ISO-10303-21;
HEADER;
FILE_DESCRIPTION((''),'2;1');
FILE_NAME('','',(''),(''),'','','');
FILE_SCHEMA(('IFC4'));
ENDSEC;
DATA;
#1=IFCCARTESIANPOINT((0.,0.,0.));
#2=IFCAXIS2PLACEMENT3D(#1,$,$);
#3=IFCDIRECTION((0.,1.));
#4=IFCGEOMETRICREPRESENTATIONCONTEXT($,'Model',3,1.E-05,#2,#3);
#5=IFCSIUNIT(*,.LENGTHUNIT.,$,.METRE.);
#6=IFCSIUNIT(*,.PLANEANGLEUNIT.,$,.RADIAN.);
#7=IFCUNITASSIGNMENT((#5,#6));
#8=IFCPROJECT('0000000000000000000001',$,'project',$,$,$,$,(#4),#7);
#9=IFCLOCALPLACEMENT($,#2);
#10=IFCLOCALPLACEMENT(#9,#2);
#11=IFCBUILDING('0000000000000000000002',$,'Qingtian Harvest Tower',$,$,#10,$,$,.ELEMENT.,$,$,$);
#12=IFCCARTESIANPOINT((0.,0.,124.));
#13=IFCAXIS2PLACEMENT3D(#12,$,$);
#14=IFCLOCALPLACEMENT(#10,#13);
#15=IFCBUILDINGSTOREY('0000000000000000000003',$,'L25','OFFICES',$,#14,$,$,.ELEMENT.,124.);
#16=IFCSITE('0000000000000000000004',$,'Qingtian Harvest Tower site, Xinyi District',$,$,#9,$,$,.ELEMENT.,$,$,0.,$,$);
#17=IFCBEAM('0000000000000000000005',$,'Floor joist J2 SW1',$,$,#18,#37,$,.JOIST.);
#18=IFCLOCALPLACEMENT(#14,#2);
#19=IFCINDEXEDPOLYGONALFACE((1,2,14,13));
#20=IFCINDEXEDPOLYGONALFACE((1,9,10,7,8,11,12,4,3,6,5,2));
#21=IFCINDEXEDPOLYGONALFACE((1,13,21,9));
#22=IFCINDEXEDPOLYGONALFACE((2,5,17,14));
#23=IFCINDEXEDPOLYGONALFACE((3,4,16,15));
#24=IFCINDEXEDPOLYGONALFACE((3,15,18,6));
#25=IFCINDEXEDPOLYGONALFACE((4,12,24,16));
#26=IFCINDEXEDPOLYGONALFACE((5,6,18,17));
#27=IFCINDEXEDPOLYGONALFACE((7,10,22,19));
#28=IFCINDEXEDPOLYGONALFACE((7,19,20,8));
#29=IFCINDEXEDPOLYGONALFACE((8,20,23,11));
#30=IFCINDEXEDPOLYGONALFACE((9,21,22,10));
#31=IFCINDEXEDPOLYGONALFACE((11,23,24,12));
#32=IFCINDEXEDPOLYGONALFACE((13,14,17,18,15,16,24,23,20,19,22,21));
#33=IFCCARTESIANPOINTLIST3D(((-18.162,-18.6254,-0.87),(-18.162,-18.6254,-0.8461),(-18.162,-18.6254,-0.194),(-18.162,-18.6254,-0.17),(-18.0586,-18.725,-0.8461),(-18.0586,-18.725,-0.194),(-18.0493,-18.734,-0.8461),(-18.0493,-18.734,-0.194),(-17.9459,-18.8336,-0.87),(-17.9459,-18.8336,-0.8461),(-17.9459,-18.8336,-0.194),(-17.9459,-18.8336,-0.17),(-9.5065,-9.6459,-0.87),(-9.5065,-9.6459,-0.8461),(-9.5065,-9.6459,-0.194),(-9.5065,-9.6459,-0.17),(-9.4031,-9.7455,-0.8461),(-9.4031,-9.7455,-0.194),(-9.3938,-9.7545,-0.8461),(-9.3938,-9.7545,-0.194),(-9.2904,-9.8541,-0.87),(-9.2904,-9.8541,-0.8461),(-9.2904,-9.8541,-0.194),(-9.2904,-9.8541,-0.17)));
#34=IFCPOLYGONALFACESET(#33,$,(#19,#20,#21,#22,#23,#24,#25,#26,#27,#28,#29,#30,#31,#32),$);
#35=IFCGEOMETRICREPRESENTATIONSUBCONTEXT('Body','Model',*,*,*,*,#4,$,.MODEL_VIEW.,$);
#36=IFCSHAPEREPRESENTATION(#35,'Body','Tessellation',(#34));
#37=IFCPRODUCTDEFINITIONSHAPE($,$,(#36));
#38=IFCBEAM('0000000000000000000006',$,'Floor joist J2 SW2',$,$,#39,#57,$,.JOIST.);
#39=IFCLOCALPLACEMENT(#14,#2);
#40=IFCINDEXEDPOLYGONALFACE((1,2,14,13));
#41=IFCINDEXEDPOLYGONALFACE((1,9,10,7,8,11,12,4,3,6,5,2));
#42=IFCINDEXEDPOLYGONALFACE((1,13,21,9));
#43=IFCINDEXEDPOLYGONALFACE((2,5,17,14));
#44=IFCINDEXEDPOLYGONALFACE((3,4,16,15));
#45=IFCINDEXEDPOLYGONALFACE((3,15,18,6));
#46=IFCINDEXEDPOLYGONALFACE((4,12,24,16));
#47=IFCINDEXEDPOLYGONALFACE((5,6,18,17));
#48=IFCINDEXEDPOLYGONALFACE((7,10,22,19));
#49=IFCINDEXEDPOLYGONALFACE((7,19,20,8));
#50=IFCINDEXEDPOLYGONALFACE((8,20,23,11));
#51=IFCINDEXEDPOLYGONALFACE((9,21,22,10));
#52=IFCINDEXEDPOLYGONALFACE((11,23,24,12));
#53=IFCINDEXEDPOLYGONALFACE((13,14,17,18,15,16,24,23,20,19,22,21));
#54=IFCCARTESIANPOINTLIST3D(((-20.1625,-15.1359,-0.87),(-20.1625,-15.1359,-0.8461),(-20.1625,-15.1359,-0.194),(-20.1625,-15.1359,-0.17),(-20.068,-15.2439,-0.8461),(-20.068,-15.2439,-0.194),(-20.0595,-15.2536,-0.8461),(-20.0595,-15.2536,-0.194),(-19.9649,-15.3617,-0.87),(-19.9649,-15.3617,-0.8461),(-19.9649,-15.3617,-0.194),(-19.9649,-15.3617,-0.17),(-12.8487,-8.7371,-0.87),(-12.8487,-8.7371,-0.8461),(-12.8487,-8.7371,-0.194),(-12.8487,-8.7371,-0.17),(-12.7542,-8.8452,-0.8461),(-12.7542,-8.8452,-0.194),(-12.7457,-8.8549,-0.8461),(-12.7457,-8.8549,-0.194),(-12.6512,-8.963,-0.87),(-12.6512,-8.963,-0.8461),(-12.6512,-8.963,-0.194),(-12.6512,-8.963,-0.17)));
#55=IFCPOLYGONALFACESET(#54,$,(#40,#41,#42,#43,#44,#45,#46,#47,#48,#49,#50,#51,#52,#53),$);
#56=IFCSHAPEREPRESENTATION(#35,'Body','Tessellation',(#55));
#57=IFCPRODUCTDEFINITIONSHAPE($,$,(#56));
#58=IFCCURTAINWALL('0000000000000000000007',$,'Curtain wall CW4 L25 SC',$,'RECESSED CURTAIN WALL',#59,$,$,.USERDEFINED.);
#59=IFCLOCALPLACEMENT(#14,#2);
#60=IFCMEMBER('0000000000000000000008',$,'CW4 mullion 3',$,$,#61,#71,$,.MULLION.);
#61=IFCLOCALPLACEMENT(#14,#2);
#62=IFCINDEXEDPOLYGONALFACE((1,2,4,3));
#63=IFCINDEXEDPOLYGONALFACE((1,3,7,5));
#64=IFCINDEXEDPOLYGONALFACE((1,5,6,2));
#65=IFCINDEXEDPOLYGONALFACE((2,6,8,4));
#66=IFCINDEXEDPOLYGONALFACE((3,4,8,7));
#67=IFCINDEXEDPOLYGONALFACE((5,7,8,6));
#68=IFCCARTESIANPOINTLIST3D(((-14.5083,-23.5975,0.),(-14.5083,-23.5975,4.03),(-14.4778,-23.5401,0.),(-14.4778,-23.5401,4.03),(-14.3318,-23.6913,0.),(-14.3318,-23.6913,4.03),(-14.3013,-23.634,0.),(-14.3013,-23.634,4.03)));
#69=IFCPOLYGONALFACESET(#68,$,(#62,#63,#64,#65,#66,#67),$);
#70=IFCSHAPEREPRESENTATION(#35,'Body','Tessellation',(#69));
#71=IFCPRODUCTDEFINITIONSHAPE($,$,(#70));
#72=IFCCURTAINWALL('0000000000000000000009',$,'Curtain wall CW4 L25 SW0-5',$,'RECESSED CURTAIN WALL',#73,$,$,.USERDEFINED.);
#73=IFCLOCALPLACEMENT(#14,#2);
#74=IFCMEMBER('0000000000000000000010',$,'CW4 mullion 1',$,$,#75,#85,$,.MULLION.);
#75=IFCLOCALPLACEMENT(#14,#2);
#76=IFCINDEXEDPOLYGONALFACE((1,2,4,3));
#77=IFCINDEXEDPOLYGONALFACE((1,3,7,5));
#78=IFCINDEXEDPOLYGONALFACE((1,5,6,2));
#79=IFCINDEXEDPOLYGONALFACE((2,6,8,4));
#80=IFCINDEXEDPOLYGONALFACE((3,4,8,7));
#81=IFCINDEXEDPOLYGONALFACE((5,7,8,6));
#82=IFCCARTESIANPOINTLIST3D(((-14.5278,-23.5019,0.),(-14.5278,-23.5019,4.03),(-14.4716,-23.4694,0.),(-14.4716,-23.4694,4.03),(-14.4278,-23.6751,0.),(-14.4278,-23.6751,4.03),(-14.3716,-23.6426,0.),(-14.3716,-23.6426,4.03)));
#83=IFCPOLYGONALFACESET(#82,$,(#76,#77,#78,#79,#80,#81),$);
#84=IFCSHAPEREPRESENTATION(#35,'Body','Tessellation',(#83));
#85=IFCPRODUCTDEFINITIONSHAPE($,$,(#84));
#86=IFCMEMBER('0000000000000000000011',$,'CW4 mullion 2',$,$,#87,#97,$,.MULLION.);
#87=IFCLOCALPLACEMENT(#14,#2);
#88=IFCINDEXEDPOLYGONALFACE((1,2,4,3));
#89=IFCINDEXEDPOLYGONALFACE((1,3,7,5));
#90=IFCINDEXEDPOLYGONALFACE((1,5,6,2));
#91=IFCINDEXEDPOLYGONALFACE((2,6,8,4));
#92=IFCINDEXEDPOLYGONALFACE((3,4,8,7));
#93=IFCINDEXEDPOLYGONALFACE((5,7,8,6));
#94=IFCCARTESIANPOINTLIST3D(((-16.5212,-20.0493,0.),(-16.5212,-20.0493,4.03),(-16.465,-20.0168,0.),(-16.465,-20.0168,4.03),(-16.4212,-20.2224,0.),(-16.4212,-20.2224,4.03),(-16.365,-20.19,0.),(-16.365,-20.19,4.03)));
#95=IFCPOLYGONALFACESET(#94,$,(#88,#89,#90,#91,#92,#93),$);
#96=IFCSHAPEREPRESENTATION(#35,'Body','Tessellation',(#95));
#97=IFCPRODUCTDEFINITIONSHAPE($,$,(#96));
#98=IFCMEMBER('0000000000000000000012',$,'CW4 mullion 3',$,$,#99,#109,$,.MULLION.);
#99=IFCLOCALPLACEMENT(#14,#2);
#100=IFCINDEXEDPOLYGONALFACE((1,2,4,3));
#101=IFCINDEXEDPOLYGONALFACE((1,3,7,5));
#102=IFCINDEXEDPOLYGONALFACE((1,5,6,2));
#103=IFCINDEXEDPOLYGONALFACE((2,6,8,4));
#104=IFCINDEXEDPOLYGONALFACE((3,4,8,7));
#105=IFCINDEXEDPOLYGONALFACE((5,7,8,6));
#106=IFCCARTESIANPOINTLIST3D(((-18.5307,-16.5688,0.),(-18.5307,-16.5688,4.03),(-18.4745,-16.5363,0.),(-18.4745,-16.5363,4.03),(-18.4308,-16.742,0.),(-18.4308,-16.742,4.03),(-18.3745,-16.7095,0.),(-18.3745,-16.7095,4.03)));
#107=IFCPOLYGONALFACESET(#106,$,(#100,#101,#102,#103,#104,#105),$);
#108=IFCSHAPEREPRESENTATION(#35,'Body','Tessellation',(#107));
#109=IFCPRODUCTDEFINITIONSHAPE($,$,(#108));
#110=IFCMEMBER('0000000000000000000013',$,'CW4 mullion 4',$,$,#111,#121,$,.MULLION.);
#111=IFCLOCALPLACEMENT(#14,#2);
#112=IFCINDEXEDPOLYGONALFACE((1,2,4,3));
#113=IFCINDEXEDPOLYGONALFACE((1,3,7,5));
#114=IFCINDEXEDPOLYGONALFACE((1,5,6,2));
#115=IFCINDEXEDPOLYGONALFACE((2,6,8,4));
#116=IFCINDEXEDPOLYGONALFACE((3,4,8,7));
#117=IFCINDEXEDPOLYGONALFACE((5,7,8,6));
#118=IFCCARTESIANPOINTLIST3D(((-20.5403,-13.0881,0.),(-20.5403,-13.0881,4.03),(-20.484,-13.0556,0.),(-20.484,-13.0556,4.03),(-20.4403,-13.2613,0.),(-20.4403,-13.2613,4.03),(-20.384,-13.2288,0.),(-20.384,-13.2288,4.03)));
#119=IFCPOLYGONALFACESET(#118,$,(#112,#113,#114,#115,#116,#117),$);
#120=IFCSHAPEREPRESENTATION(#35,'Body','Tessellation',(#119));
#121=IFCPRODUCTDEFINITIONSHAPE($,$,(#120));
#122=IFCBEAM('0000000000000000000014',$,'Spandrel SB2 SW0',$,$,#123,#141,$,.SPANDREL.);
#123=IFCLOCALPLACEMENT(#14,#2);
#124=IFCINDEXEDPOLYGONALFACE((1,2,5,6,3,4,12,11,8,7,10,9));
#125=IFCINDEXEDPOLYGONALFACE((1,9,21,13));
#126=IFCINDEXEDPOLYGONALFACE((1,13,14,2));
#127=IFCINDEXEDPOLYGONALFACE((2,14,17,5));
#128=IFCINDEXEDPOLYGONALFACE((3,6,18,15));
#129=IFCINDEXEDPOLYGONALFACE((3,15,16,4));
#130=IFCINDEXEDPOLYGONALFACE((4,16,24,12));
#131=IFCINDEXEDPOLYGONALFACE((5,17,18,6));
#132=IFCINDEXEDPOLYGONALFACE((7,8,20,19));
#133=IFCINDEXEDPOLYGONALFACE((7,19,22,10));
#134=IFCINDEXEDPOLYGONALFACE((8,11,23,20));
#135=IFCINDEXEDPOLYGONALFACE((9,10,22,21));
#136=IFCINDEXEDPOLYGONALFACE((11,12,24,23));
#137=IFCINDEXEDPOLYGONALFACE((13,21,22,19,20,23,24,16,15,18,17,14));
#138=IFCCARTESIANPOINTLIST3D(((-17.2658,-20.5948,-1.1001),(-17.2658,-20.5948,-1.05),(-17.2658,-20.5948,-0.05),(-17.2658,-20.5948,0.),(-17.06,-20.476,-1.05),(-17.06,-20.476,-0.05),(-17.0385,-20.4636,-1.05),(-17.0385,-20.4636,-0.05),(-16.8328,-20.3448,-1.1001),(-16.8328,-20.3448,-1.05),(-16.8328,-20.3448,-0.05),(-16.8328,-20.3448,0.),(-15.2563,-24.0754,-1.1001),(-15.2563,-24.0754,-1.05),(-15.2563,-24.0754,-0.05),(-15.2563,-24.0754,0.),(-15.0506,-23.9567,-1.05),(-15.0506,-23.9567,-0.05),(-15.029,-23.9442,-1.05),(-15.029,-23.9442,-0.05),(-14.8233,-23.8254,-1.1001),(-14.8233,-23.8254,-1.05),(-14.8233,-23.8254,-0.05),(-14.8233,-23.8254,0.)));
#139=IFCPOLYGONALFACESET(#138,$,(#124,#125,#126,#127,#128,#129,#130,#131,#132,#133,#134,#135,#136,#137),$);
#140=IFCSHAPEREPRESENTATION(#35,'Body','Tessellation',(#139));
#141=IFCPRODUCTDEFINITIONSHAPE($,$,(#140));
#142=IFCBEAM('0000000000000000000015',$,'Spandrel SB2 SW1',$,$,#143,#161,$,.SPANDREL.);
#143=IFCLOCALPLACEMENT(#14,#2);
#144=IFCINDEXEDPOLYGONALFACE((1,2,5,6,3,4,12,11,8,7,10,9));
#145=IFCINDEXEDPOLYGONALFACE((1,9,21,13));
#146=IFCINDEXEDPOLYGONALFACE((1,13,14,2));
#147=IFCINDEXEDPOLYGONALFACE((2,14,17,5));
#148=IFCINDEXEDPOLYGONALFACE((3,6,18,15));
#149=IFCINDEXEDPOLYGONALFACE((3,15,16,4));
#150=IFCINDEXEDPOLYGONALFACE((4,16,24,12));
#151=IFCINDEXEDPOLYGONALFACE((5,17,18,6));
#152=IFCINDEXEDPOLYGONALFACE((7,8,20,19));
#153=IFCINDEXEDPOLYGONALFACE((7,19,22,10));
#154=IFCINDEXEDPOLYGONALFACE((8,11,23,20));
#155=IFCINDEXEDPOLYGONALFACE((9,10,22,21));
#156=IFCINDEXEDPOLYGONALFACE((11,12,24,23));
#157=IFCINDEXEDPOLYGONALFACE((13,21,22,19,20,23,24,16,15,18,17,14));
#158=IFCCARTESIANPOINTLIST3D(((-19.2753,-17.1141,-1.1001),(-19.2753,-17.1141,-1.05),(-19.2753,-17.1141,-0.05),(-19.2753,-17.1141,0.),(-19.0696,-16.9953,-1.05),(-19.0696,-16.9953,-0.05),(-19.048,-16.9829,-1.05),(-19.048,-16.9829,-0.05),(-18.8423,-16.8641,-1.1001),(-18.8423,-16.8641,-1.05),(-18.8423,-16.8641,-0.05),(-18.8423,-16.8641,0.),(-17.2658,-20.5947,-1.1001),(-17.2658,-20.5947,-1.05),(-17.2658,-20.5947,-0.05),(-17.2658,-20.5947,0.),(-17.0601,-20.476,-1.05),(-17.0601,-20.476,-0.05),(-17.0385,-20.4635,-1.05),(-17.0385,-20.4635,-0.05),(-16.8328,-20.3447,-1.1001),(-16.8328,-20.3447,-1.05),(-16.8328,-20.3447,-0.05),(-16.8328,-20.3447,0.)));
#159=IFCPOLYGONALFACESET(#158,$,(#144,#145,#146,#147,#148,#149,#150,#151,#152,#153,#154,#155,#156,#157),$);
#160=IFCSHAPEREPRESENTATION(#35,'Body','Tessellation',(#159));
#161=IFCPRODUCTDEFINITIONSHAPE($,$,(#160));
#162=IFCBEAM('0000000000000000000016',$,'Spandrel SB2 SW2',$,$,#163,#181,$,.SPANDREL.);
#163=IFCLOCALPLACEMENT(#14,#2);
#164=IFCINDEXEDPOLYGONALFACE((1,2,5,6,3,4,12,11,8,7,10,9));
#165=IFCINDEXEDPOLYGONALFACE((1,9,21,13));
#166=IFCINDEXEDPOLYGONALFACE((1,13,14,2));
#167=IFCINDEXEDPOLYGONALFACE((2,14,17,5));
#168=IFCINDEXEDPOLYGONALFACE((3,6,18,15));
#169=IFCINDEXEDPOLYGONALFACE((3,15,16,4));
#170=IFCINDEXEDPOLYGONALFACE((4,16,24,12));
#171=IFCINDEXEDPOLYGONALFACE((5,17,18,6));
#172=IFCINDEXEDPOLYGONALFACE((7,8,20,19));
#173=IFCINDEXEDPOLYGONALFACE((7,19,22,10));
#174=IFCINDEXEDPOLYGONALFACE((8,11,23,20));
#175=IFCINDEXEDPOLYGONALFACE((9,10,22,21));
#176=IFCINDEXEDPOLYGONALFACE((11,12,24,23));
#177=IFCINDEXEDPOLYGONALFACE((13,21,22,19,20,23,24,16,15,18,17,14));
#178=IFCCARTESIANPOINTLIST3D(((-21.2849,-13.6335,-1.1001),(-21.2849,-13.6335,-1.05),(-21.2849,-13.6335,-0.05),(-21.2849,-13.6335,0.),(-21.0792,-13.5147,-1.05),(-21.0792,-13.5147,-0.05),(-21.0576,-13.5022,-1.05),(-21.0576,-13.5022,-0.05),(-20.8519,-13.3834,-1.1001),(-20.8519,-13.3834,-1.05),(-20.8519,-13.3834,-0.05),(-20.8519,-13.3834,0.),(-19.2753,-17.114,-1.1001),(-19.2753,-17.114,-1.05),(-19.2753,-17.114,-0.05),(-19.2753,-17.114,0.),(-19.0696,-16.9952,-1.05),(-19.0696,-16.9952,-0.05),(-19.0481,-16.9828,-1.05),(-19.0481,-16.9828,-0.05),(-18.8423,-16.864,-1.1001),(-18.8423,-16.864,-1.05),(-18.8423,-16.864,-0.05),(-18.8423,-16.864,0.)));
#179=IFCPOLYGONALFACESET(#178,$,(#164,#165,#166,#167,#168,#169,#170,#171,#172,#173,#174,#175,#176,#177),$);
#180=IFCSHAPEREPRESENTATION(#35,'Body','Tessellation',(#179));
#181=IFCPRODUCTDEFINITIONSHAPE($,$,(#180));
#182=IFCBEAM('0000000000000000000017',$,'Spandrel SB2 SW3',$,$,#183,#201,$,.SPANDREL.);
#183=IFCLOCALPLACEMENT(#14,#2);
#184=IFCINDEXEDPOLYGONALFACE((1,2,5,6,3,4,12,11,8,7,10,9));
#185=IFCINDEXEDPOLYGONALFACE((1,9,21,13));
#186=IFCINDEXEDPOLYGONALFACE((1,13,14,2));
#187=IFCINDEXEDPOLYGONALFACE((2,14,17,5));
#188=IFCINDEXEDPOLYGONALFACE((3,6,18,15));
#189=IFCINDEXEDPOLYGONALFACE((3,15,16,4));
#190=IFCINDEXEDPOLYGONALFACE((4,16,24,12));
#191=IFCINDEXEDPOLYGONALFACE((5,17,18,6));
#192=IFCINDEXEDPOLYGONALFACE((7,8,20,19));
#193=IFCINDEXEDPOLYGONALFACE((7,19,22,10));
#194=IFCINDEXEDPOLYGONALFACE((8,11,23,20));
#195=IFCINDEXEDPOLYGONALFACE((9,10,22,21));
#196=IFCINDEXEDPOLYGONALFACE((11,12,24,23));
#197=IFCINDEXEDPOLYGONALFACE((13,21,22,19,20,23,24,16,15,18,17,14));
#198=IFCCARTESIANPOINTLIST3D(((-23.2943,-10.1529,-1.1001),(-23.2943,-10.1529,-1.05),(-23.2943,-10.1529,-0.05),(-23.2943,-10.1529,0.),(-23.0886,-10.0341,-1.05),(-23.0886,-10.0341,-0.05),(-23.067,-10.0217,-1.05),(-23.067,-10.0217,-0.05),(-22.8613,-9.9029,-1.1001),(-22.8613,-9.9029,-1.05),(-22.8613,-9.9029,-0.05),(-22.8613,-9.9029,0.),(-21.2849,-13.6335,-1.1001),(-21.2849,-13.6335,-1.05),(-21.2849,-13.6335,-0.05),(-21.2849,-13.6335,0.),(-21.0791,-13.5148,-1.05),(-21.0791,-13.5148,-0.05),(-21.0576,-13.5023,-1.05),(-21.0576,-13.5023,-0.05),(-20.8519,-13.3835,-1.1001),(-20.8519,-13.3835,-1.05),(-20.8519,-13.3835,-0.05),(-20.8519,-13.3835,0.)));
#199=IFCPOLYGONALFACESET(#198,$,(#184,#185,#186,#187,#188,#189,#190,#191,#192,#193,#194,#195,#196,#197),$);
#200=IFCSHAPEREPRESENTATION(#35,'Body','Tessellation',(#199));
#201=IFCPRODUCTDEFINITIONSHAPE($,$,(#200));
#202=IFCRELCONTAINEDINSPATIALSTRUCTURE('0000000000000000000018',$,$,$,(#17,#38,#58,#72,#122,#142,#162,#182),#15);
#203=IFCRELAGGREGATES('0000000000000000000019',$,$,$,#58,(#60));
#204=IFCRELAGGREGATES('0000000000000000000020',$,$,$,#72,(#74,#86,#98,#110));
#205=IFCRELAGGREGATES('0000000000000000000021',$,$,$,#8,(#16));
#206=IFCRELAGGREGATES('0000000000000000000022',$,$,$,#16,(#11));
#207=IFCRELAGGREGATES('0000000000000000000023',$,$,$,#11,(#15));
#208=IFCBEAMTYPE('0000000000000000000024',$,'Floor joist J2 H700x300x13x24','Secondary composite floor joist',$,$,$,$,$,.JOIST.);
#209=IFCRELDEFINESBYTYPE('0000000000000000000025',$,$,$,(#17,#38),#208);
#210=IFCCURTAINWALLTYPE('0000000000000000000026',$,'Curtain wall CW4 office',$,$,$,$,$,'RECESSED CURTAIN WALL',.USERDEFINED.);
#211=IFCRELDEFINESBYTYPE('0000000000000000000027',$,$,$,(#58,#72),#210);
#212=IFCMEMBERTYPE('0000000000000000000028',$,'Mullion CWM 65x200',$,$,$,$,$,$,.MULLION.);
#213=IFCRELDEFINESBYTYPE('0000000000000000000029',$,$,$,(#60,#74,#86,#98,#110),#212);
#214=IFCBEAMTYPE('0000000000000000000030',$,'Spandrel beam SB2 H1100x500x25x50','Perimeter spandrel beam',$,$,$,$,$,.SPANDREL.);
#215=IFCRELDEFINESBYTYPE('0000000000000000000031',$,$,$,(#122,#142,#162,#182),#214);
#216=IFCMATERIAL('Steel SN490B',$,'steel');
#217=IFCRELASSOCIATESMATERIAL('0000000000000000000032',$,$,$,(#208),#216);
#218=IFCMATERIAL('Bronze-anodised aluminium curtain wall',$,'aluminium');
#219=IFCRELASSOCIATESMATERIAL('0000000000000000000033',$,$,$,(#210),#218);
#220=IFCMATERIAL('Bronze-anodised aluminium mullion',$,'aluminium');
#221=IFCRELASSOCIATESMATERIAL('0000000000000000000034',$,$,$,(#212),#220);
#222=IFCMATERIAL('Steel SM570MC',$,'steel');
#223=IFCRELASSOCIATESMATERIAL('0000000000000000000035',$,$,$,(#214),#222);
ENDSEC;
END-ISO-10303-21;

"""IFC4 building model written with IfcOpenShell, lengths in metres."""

from ifc_helpers import new_model, si_unit, direction, frame, origin, origin_2d, place, context, subcontext, project, spatial, rectangle, i_section, extrude, material, material_profile, profile_set, type_object, element, aggregate, save


model = new_model("IFC4")

# Units and contexts
model_context = context("Model", 3, precision=1e-05, world=origin(), true_north=direction((0.0, 1.0)))
body_context = subcontext(model_context, "Body", "Model", "MODEL_VIEW")
ifc_project = project(units=[si_unit("LENGTHUNIT", "METRE"), si_unit("PLANEANGLEUNIT", "RADIAN")], contexts=[model_context])

# Site, building, storey
site_placement = place(None, origin())
site = spatial("IfcSite", under=ifc_project, at=site_placement, Name="Qingtian Harvest Tower site, Xinyi District", CompositionType="ELEMENT", RefElevation=0.0)
building_placement = place(site_placement, origin())
building = spatial("IfcBuilding", under=site, at=building_placement, Name="Qingtian Harvest Tower", CompositionType="ELEMENT")
storey_placement = place(building_placement, frame((0.0, 0.0, 124.0)))
storey = spatial("IfcBuildingStorey", under=building, at=storey_placement, Name="L25", Description="OFFICES", CompositionType="ELEMENT", Elevation=124.0)

# Beams
ifc_material_1 = material(Name="Steel SN490B", Category="steel")
ifc_material_profile_1 = material_profile(ifc_material_1, i_section(OverallWidth=0.3, OverallDepth=0.7, WebThickness=0.0129, FlangeThickness=0.0239, at=origin_2d()), Name="H700x300x13x24")
ifc_profile_set_1 = profile_set([ifc_material_profile_1], Name="Steel SN490B")
beam_type_1 = type_object("IfcBeamType", Name="Floor joist J2 H700x300x13x24", Description="Secondary composite floor joist", PredefinedType="JOIST", material=ifc_profile_set_1)
beam_1_placement = place(storey_placement, frame((-18.054, -18.7295, -0.52), z_axis=(0.693999, 0.719976, 0.0), x_axis=(-0.719976, 0.693999, 0.0)))
element("IfcBeam", 1, at=beam_1_placement, inside=storey, type_object=beam_type_1, Name="Floor joist J2 SW1", PredefinedType="JOIST", context=body_context, shape_type="SweptSolid", body=[
    extrude(i_section(OverallWidth=0.3, OverallDepth=0.7, WebThickness=0.0129, FlangeThickness=0.0239, at=origin_2d()), origin(), (0.0, 0.0, 1.0), 12.4719),
])
beam_2_placement = place(storey_placement, frame((-20.0637, -15.2488, -0.52), z_axis=(0.752619, 0.658457, 0.0), x_axis=(-0.658457, 0.752619, 0.0)))
element("IfcBeam", 2, at=beam_2_placement, inside=storey, type_object=beam_type_1, Name="Floor joist J2 SW2", PredefinedType="JOIST", context=body_context, shape_type="SweptSolid", body=[
    extrude(i_section(OverallWidth=0.3, OverallDepth=0.7, WebThickness=0.0129, FlangeThickness=0.0239, at=origin_2d()), origin(), (0.0, 0.0, 1.0), 9.7178),
])

# Curtain wall, member
ifc_material_2 = material(Name="Bronze-anodised aluminium curtain wall", Category="aluminium")
curtain_wall_type = type_object("IfcCurtainWallType", Name="Curtain wall CW4 office", ElementType="RECESSED CURTAIN WALL", PredefinedType="USERDEFINED", material=ifc_material_2)
curtain_wall_1_placement = place(storey_placement, origin())
curtain_wall_1 = element("IfcCurtainWall", 3, at=curtain_wall_1_placement, inside=storey, type_object=curtain_wall_type, Name="Curtain wall CW4 L25 SC", ObjectType="RECESSED CURTAIN WALL", PredefinedType="USERDEFINED")
ifc_material_3 = material(Name="Bronze-anodised aluminium mullion", Category="aluminium")
ifc_material_profile_2 = material_profile(ifc_material_3, rectangle(XDim=0.0649, YDim=0.2, at=origin_2d()), Name="AL 65x200")
ifc_profile_set_2 = profile_set([ifc_material_profile_2], Name="Bronze-anodised aluminium mullion")
member_type_1 = type_object("IfcMemberType", Name="Mullion CWM 65x200", PredefinedType="MULLION", material=ifc_profile_set_2)
member_1_placement = place(storey_placement, frame((-14.4048, -23.6157, 0.0), z_axis=(0.0, 0.0, 1.0), x_axis=(-0.469472, -0.882948, 0.0)))
member_1 = element("IfcMember", 4, at=member_1_placement, type_object=member_type_1, Name="CW4 mullion 3", PredefinedType="MULLION", context=body_context, shape_type="SweptSolid", body=[
    extrude(rectangle(XDim=0.0649, YDim=0.2, at=origin_2d()), origin(), (0.0, 0.0, 1.0), 4.03),
])

# Curtain wall, members
curtain_wall_2_placement = place(storey_placement, origin())
curtain_wall_2 = element("IfcCurtainWall", 5, at=curtain_wall_2_placement, inside=storey, type_object=curtain_wall_type, Name="Curtain wall CW4 L25 SW0-5", ObjectType="RECESSED CURTAIN WALL", PredefinedType="USERDEFINED")
member_2_placement = place(storey_placement, frame((-14.4497, -23.5723, 0.0), z_axis=(0.0, 0.0, 1.0), x_axis=(-0.866025, -0.5, 0.0)))
member_2 = element("IfcMember", 6, at=member_2_placement, type_object=member_type_1, Name="CW4 mullion 1", PredefinedType="MULLION", context=body_context, shape_type="SweptSolid", body=[
    extrude(rectangle(XDim=0.0649, YDim=0.2, at=origin_2d()), origin(), (0.0, 0.0, 1.0), 4.03),
])
member_3_placement = place(storey_placement, frame((-16.4431, -20.1196, 0.0), z_axis=(0.0, 0.0, 1.0), x_axis=(-0.866025, -0.5, 0.0)))
member_3 = element("IfcMember", 7, at=member_3_placement, type_object=member_type_1, Name="CW4 mullion 2", PredefinedType="MULLION", context=body_context, shape_type="SweptSolid", body=[
    extrude(rectangle(XDim=0.0649, YDim=0.2, at=origin_2d()), origin(), (0.0, 0.0, 1.0), 4.03),
])
member_4_placement = place(storey_placement, frame((-18.4526, -16.6392, 0.0), z_axis=(0.0, 0.0, 1.0), x_axis=(-0.866025, -0.5, 0.0)))
member_4 = element("IfcMember", 8, at=member_4_placement, type_object=member_type_1, Name="CW4 mullion 3", PredefinedType="MULLION", context=body_context, shape_type="SweptSolid", body=[
    extrude(rectangle(XDim=0.0649, YDim=0.2, at=origin_2d()), origin(), (0.0, 0.0, 1.0), 4.03),
])
member_5_placement = place(storey_placement, frame((-20.4622, -13.1584, 0.0), z_axis=(0.0, 0.0, 1.0), x_axis=(-0.866025, -0.5, 0.0)))
member_5 = element("IfcMember", 9, at=member_5_placement, type_object=member_type_1, Name="CW4 mullion 4", PredefinedType="MULLION", context=body_context, shape_type="SweptSolid", body=[
    extrude(rectangle(XDim=0.0649, YDim=0.2, at=origin_2d()), origin(), (0.0, 0.0, 1.0), 4.03),
])

# Beams
ifc_material_4 = material(Name="Steel SM570MC", Category="steel")
ifc_material_profile_3 = material_profile(ifc_material_4, i_section(OverallWidth=0.5, OverallDepth=1.1001, WebThickness=0.0249, FlangeThickness=0.05, at=origin_2d()), Name="H1100x500x25x50")
ifc_profile_set_3 = profile_set([ifc_material_profile_3], Name="Steel SM570MC")
beam_type_2 = type_object("IfcBeamType", Name="Spandrel beam SB2 H1100x500x25x50", Description="Perimeter spandrel beam", PredefinedType="SPANDREL", material=ifc_profile_set_3)
for number, where, z_axis, x_axis, name in (
    (10, (-15.0398, -23.9504, -0.55), (-0.499987, 0.866033, 0.0), (-0.866033, -0.499987, 0.0), "Spandrel SB2 SW0"),
    (11, (-17.0493, -20.4697, -0.55), (-0.499987, 0.866033, 0.0), (-0.866033, -0.499987, 0.0), "Spandrel SB2 SW1"),
    (12, (-19.0588, -16.989, -0.55), (-0.500013, 0.866018, 0.0), (-0.866018, -0.500013, 0.0), "Spandrel SB2 SW2"),
    (13, (-21.0684, -13.5085, -0.55), (-0.499987, 0.866033, 0.0), (-0.866033, -0.499987, 0.0), "Spandrel SB2 SW3"),
):
    element("IfcBeam", number, at=place(storey_placement, frame(where, z_axis=z_axis, x_axis=x_axis)), inside=storey, type_object=beam_type_2, Name=name, PredefinedType="SPANDREL", context=body_context, shape_type="SweptSolid", body=[
        extrude(i_section(OverallWidth=0.5, OverallDepth=1.1001, WebThickness=0.0249, FlangeThickness=0.05, at=origin_2d()), origin(), (0.0, 0.0, 1.0), 4.019),
    ])

aggregate(curtain_wall_1, [member_1])
aggregate(curtain_wall_2, [member_2, member_3, member_4, member_5])

save(model, "model.ifc")
